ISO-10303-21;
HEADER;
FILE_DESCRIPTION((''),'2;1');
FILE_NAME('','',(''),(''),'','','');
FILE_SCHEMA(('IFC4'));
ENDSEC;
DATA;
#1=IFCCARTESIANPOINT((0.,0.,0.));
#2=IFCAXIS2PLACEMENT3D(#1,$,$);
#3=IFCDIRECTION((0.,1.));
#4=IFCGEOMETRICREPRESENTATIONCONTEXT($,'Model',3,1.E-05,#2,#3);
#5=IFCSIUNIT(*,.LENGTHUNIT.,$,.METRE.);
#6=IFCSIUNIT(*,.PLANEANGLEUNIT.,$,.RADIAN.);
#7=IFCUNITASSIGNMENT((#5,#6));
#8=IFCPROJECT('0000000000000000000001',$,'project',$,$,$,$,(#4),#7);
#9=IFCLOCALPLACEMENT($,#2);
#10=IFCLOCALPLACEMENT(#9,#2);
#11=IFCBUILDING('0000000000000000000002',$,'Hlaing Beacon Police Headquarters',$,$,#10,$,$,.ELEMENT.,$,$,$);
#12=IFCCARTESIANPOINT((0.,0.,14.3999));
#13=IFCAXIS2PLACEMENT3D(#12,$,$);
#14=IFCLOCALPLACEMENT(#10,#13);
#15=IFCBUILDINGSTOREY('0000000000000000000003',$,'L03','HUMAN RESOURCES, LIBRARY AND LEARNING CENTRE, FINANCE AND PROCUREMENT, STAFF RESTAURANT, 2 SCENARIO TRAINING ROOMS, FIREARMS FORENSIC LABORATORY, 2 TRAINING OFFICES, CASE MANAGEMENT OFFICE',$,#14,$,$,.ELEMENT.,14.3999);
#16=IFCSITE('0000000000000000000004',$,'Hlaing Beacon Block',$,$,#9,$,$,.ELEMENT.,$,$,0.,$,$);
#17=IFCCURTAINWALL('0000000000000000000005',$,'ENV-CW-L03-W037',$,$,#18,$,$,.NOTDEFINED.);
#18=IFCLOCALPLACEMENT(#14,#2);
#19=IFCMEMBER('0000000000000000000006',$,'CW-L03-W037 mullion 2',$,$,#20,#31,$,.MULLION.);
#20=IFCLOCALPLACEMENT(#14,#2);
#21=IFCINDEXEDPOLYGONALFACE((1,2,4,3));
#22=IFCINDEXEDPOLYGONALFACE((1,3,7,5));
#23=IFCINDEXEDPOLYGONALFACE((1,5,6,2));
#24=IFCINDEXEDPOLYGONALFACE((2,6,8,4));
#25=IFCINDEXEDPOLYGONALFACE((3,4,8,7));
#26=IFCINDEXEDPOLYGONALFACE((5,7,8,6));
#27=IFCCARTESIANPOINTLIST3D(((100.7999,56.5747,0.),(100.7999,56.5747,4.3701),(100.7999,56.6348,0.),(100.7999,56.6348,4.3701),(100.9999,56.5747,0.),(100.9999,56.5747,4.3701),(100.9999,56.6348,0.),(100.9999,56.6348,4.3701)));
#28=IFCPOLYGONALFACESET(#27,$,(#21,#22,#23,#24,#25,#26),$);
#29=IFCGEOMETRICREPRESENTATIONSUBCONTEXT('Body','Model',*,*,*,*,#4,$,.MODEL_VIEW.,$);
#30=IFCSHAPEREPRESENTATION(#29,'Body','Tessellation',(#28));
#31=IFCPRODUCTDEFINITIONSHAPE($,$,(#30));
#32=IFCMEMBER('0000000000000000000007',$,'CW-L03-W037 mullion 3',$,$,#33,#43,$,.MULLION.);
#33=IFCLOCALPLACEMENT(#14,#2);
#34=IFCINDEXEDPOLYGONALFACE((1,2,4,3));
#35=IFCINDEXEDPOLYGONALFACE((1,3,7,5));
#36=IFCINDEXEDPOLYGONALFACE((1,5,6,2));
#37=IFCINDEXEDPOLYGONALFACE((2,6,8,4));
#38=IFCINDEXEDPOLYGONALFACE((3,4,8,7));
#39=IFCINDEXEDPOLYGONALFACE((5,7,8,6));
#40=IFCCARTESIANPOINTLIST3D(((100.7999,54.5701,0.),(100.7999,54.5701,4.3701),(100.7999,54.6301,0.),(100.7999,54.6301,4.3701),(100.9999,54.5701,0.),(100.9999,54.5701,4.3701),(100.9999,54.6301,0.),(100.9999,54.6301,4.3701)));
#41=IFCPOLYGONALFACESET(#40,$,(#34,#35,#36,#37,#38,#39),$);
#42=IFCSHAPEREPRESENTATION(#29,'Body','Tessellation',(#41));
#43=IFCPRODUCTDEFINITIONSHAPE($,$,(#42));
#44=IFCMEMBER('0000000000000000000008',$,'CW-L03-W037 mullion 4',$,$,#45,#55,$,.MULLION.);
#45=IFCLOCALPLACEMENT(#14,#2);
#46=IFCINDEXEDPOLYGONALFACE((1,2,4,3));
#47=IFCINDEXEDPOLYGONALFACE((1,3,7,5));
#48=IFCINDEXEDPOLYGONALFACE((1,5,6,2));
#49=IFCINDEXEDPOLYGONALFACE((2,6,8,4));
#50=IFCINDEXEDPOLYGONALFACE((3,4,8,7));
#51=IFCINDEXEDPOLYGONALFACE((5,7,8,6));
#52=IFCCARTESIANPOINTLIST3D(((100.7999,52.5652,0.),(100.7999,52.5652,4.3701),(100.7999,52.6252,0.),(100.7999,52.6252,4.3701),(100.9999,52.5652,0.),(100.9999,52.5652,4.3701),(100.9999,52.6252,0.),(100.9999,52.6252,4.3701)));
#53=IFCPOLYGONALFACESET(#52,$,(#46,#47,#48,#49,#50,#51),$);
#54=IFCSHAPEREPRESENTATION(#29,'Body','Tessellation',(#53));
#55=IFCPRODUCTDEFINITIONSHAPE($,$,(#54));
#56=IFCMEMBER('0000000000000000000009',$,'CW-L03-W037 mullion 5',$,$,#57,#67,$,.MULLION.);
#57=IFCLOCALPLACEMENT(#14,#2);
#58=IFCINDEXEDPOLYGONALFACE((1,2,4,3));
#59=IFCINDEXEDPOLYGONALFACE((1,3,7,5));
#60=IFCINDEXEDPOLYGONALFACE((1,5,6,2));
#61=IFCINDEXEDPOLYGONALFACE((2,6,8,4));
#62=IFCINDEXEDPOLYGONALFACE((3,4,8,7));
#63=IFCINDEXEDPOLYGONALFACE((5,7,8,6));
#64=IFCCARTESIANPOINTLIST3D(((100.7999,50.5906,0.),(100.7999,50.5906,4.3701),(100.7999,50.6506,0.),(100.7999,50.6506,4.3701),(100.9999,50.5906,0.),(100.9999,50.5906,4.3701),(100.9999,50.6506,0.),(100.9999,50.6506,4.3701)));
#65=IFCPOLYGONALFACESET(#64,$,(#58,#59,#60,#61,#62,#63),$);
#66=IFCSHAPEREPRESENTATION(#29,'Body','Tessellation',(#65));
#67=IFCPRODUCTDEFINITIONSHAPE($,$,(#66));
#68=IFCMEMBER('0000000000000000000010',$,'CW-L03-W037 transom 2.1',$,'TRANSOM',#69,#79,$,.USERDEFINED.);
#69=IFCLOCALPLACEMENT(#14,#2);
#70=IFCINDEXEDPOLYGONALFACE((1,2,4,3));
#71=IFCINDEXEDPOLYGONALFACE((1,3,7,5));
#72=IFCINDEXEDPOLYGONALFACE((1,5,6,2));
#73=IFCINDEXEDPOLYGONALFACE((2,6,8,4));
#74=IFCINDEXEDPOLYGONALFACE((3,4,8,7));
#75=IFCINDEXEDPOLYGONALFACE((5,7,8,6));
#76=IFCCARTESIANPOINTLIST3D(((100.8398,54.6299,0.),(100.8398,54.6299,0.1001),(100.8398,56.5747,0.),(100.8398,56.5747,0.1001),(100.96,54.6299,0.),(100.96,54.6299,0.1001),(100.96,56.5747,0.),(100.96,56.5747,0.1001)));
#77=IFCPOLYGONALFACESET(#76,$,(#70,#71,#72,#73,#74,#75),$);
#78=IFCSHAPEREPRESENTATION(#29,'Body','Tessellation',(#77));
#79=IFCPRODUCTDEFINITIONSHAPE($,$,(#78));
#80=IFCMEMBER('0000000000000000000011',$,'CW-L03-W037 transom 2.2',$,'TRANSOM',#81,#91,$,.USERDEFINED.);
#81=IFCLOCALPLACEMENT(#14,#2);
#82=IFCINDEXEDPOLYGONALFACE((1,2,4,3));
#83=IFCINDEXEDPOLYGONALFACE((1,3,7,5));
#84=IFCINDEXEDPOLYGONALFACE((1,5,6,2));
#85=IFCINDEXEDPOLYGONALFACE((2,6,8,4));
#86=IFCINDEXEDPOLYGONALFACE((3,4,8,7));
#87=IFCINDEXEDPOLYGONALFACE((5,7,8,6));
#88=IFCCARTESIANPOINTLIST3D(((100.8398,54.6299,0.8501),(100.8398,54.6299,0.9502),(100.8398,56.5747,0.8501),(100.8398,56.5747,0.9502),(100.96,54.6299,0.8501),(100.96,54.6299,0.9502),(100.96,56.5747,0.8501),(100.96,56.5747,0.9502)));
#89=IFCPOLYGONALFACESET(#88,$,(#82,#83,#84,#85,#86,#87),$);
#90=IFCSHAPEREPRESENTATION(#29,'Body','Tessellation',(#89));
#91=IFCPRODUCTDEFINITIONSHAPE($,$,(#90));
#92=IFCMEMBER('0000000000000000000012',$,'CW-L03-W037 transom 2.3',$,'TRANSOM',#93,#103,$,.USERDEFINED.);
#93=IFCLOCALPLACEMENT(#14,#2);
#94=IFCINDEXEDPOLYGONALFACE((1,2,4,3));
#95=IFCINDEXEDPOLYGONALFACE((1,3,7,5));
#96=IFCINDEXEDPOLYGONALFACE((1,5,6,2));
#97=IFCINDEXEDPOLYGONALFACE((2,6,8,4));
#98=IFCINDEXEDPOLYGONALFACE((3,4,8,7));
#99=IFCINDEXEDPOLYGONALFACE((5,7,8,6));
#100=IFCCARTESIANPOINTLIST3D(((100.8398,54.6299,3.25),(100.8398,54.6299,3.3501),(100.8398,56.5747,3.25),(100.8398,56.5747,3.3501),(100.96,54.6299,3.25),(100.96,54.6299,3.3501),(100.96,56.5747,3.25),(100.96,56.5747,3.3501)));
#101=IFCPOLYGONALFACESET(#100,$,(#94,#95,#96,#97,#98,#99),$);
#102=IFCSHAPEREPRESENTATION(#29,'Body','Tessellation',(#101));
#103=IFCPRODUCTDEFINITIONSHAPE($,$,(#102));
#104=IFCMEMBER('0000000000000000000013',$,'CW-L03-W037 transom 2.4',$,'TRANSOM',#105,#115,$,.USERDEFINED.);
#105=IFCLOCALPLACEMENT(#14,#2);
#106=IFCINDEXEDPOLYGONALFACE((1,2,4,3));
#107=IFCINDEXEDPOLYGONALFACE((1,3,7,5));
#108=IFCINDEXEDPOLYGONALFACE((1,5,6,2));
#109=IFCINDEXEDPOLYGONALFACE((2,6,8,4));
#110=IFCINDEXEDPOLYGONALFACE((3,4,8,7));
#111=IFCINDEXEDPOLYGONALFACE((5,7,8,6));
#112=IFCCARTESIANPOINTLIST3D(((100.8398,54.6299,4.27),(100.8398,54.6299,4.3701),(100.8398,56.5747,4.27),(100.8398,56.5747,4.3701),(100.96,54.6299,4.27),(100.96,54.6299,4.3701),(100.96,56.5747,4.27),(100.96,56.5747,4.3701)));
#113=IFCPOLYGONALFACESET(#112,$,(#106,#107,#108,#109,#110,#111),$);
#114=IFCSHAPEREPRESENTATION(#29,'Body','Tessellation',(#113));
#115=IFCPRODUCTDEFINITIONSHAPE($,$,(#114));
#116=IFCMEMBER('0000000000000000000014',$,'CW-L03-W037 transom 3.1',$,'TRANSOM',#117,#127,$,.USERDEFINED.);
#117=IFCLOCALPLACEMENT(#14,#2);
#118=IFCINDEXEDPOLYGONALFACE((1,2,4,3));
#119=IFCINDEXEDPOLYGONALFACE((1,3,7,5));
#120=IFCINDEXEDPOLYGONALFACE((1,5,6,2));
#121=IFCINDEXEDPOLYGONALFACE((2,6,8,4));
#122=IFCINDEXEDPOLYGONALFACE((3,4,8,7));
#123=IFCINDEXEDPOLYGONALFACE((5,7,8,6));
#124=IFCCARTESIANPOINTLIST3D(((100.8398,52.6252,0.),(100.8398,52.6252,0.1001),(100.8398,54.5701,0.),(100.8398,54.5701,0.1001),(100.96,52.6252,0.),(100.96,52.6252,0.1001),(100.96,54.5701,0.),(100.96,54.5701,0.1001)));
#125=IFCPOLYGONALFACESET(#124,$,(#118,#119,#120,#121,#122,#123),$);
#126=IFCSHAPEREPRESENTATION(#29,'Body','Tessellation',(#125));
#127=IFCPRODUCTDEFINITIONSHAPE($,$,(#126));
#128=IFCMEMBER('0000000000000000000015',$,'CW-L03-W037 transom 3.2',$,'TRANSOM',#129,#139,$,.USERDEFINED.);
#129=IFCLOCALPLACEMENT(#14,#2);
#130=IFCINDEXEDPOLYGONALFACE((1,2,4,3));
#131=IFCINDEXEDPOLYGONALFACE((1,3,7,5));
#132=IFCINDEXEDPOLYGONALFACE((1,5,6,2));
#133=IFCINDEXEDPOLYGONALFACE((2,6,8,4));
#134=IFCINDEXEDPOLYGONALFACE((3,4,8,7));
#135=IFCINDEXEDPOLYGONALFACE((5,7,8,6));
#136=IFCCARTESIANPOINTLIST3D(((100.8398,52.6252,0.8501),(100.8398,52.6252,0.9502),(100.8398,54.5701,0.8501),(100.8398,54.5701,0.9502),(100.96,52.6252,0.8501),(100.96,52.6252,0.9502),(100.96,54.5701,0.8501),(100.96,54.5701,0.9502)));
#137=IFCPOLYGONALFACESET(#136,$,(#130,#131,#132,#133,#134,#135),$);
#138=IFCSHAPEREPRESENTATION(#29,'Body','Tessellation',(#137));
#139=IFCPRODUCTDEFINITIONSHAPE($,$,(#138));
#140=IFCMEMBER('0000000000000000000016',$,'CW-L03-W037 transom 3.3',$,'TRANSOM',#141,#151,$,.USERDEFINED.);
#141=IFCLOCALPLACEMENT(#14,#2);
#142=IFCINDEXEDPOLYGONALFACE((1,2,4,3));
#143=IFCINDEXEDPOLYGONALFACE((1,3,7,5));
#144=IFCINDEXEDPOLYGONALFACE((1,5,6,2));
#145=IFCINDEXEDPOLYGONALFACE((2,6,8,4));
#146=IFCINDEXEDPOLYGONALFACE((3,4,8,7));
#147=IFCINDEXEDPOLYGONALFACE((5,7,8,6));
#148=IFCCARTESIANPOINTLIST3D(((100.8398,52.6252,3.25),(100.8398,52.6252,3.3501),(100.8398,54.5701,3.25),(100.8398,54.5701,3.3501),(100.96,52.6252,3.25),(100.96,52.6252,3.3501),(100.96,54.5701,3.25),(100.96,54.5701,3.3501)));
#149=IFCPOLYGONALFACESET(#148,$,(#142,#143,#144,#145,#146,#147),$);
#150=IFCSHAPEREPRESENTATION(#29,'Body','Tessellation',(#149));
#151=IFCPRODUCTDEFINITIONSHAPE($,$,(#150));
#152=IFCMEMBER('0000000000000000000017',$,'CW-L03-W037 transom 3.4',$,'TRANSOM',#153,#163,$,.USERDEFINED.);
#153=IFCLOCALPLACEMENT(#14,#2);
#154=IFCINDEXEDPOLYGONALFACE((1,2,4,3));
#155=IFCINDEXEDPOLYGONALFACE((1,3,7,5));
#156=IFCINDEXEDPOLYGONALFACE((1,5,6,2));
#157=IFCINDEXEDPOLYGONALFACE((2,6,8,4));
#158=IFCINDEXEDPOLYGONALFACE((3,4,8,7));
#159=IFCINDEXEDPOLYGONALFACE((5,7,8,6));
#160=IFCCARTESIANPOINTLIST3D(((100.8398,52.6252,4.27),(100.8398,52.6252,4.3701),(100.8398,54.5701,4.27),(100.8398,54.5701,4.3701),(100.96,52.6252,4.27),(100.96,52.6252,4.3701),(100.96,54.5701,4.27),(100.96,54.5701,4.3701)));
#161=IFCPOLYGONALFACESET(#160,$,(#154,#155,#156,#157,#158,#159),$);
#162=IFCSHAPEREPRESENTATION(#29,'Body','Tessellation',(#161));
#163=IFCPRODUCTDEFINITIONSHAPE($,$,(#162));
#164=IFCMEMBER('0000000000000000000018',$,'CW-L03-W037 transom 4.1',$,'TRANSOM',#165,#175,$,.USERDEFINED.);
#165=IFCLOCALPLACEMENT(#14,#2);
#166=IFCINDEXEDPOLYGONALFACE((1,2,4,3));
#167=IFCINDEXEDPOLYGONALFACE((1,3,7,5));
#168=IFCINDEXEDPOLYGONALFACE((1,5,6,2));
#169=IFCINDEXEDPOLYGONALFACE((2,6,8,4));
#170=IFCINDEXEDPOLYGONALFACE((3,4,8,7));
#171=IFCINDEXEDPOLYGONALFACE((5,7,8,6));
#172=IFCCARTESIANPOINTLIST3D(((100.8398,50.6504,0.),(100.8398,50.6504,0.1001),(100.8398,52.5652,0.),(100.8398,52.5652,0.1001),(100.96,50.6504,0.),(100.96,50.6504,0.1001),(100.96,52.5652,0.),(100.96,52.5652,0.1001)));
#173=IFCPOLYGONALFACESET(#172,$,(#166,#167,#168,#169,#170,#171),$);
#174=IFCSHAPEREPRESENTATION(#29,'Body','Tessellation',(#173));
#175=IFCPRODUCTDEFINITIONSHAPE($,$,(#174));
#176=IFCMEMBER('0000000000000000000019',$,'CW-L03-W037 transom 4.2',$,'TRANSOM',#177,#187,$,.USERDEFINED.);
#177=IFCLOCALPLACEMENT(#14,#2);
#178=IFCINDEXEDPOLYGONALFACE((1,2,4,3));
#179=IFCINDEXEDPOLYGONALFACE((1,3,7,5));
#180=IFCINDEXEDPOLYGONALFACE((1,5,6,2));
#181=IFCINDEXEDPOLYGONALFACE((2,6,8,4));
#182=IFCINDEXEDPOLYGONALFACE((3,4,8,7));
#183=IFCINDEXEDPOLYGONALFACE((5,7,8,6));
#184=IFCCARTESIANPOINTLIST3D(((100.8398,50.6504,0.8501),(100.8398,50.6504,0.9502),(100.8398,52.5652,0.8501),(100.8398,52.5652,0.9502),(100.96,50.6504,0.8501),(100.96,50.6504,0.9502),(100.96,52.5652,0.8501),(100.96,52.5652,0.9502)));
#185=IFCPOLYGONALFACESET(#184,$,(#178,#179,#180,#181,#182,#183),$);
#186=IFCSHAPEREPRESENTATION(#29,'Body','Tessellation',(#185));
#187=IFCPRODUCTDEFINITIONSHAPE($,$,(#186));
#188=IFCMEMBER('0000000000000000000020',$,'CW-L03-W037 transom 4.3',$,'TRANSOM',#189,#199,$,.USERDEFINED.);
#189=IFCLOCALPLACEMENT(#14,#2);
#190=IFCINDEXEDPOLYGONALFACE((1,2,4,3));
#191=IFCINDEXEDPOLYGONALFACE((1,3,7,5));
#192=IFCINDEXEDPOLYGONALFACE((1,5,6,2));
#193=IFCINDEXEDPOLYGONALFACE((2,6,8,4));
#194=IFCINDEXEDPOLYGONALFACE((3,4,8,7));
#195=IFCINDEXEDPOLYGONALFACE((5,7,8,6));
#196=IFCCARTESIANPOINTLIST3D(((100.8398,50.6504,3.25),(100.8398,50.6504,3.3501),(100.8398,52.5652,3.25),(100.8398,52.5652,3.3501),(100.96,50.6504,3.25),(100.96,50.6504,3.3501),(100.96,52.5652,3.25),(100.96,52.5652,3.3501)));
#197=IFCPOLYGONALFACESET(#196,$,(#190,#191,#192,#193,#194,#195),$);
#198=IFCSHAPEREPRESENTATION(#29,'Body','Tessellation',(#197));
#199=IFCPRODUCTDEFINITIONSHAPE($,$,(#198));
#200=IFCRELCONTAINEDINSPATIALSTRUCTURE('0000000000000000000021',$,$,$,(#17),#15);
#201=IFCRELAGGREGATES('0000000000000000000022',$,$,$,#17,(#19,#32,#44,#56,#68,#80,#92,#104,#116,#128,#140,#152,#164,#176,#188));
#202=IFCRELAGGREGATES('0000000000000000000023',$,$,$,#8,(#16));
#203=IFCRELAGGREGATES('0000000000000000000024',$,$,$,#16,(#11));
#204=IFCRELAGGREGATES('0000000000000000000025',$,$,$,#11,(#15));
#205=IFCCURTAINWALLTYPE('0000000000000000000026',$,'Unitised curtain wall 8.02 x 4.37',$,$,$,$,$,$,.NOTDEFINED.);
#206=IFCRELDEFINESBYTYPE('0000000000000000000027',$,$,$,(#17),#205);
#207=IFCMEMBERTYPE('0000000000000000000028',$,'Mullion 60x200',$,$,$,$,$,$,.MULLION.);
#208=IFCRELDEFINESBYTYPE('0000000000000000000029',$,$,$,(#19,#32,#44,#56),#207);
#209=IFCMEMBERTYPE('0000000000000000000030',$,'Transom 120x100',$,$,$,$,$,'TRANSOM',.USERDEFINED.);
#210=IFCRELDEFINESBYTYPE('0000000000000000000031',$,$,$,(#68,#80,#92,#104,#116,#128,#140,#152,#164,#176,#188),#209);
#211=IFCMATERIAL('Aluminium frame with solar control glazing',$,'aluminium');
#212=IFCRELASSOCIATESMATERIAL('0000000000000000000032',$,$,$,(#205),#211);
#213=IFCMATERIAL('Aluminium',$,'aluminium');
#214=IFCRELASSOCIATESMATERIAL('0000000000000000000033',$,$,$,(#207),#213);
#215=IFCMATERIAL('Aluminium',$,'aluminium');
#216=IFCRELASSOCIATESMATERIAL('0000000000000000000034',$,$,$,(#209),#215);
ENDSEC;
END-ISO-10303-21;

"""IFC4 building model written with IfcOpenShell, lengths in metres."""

from ifc_helpers import new_model, si_unit, direction, frame, origin, origin_2d, place, context, subcontext, project, spatial, rectangle, extrude, material, material_profile, profile_set, type_object, element, aggregate, save


model = new_model("IFC4")

# Units and contexts
model_context = context("Model", 3, precision=1e-05, world=origin(), true_north=direction((0.0, 1.0)))
body_context = subcontext(model_context, "Body", "Model", "MODEL_VIEW")
ifc_project = project(units=[si_unit("LENGTHUNIT", "METRE"), si_unit("PLANEANGLEUNIT", "RADIAN")], contexts=[model_context])

# Site, building, storey
site_placement = place(None, origin())
site = spatial("IfcSite", under=ifc_project, at=site_placement, Name="Hlaing Beacon Block", CompositionType="ELEMENT", RefElevation=0.0)
building_placement = place(site_placement, origin())
building = spatial("IfcBuilding", under=site, at=building_placement, Name="Hlaing Beacon Police Headquarters", CompositionType="ELEMENT")
storey_placement = place(building_placement, frame((0.0, 0.0, 14.3999)))
storey = spatial("IfcBuildingStorey", under=building, at=storey_placement, Name="L03", Description="HUMAN RESOURCES, LIBRARY AND LEARNING CENTRE, FINANCE AND PROCUREMENT, STAFF RESTAURANT, 2 SCENARIO TRAINING ROOMS, FIREARMS FORENSIC LABORATORY, 2 TRAINING OFFICES, CASE MANAGEMENT OFFICE", CompositionType="ELEMENT", Elevation=14.3999)

# Curtain wall, members
ifc_material_1 = material(Name="Aluminium frame with solar control glazing", Category="aluminium")
curtain_wall_type = type_object("IfcCurtainWallType", Name="Unitised curtain wall 8.02 x 4.37", PredefinedType="NOTDEFINED", material=ifc_material_1)
curtain_wall_placement = place(storey_placement, origin())
curtain_wall = element("IfcCurtainWall", 1, at=curtain_wall_placement, inside=storey, type_object=curtain_wall_type, Name="ENV-CW-L03-W037", PredefinedType="NOTDEFINED")
ifc_material_2 = material(Name="Aluminium", Category="aluminium")
ifc_material_profile_1 = material_profile(ifc_material_2, rectangle(XDim=0.2, YDim=0.0601, at=origin_2d()), Name="Mullion 60x200")
ifc_profile_set_1 = profile_set([ifc_material_profile_1], Name="Aluminium")
member_type_1 = type_object("IfcMemberType", Name="Mullion 60x200", PredefinedType="MULLION", material=ifc_profile_set_1)
member_1_placement = place(storey_placement, frame((100.8999, 56.6047, 0.0), z_axis=(0.0, 0.0, 1.0), x_axis=(1.0, 0.0, 0.0)))
member_1 = element("IfcMember", 2, at=member_1_placement, type_object=member_type_1, Name="CW-L03-W037 mullion 2", PredefinedType="MULLION", context=body_context, shape_type="SweptSolid", body=[
    extrude(rectangle(XDim=0.2, YDim=0.0601, at=origin_2d()), origin(), (0.0, 0.0, 1.0), 4.3701),
])
member_2_placement = place(storey_placement, frame((100.8999, 54.6001, 0.0), z_axis=(0.0, 0.0, 1.0), x_axis=(1.0, 0.0, 0.0)))
member_2 = element("IfcMember", 3, at=member_2_placement, type_object=member_type_1, Name="CW-L03-W037 mullion 3", PredefinedType="MULLION", context=body_context, shape_type="SweptSolid", body=[
    extrude(rectangle(XDim=0.2, YDim=0.0601, at=origin_2d()), origin(), (0.0, 0.0, 1.0), 4.3701),
])
member_3_placement = place(storey_placement, frame((100.8999, 52.5952, 0.0), z_axis=(0.0, 0.0, 1.0), x_axis=(1.0, 0.0, 0.0)))
member_3 = element("IfcMember", 4, at=member_3_placement, type_object=member_type_1, Name="CW-L03-W037 mullion 4", PredefinedType="MULLION", context=body_context, shape_type="SweptSolid", body=[
    extrude(rectangle(XDim=0.2, YDim=0.0601, at=origin_2d()), origin(), (0.0, 0.0, 1.0), 4.3701),
])
member_4_placement = place(storey_placement, frame((100.8999, 50.6206, 0.0), z_axis=(0.0, 0.0, 1.0), x_axis=(1.0, 0.0, 0.0)))
member_4 = element("IfcMember", 5, at=member_4_placement, type_object=member_type_1, Name="CW-L03-W037 mullion 5", PredefinedType="MULLION", context=body_context, shape_type="SweptSolid", body=[
    extrude(rectangle(XDim=0.2, YDim=0.0601, at=origin_2d()), origin(), (0.0, 0.0, 1.0), 4.3701),
])
ifc_material_3 = material(Name="Aluminium", Category="aluminium")
ifc_material_profile_2 = material_profile(ifc_material_3, rectangle(XDim=0.1201, YDim=0.1001, at=origin_2d()), Name="Transom 120x100")
ifc_profile_set_2 = profile_set([ifc_material_profile_2], Name="Aluminium")
member_type_2 = type_object("IfcMemberType", Name="Transom 120x100", ElementType="TRANSOM", PredefinedType="USERDEFINED", material=ifc_profile_set_2)
member_5_placement = place(storey_placement, frame((100.8999, 56.5747, 0.05), z_axis=(0.0, -1.0, 0.0), x_axis=(1.0, 0.0, 0.0)))
member_5 = element("IfcMember", 6, at=member_5_placement, type_object=member_type_2, Name="CW-L03-W037 transom 2.1", ObjectType="TRANSOM", PredefinedType="USERDEFINED", context=body_context, shape_type="SweptSolid", body=[
    extrude(rectangle(XDim=0.1201, YDim=0.1001, at=origin_2d()), origin(), (0.0, 0.0, 1.0), 1.9448),
])
member_6_placement = place(storey_placement, frame((100.8999, 56.5747, 0.9001), z_axis=(0.0, -1.0, 0.0), x_axis=(1.0, 0.0, 0.0)))
member_6 = element("IfcMember", 7, at=member_6_placement, type_object=member_type_2, Name="CW-L03-W037 transom 2.2", ObjectType="TRANSOM", PredefinedType="USERDEFINED", context=body_context, shape_type="SweptSolid", body=[
    extrude(rectangle(XDim=0.1201, YDim=0.1001, at=origin_2d()), origin(), (0.0, 0.0, 1.0), 1.9448),
])
member_7_placement = place(storey_placement, frame((100.8999, 56.5747, 3.3), z_axis=(0.0, -1.0, 0.0), x_axis=(1.0, 0.0, 0.0)))
member_7 = element("IfcMember", 8, at=member_7_placement, type_object=member_type_2, Name="CW-L03-W037 transom 2.3", ObjectType="TRANSOM", PredefinedType="USERDEFINED", context=body_context, shape_type="SweptSolid", body=[
    extrude(rectangle(XDim=0.1201, YDim=0.1001, at=origin_2d()), origin(), (0.0, 0.0, 1.0), 1.9448),
])
member_8_placement = place(storey_placement, frame((100.8999, 56.5747, 4.3201), z_axis=(0.0, -1.0, 0.0), x_axis=(1.0, 0.0, 0.0)))
member_8 = element("IfcMember", 9, at=member_8_placement, type_object=member_type_2, Name="CW-L03-W037 transom 2.4", ObjectType="TRANSOM", PredefinedType="USERDEFINED", context=body_context, shape_type="SweptSolid", body=[
    extrude(rectangle(XDim=0.1201, YDim=0.1001, at=origin_2d()), origin(), (0.0, 0.0, 1.0), 1.9448),
])
member_9_placement = place(storey_placement, frame((100.8999, 54.5701, 0.05), z_axis=(0.0, -1.0, 0.0), x_axis=(1.0, 0.0, 0.0)))
member_9 = element("IfcMember", 10, at=member_9_placement, type_object=member_type_2, Name="CW-L03-W037 transom 3.1", ObjectType="TRANSOM", PredefinedType="USERDEFINED", context=body_context, shape_type="SweptSolid", body=[
    extrude(rectangle(XDim=0.1201, YDim=0.1001, at=origin_2d()), origin(), (0.0, 0.0, 1.0), 1.9448),
])
member_10_placement = place(storey_placement, frame((100.8999, 54.5701, 0.9001), z_axis=(0.0, -1.0, 0.0), x_axis=(1.0, 0.0, 0.0)))
member_10 = element("IfcMember", 11, at=member_10_placement, type_object=member_type_2, Name="CW-L03-W037 transom 3.2", ObjectType="TRANSOM", PredefinedType="USERDEFINED", context=body_context, shape_type="SweptSolid", body=[
    extrude(rectangle(XDim=0.1201, YDim=0.1001, at=origin_2d()), origin(), (0.0, 0.0, 1.0), 1.9448),
])
member_11_placement = place(storey_placement, frame((100.8999, 54.5701, 3.3), z_axis=(0.0, -1.0, 0.0), x_axis=(1.0, 0.0, 0.0)))
member_11 = element("IfcMember", 12, at=member_11_placement, type_object=member_type_2, Name="CW-L03-W037 transom 3.3", ObjectType="TRANSOM", PredefinedType="USERDEFINED", context=body_context, shape_type="SweptSolid", body=[
    extrude(rectangle(XDim=0.1201, YDim=0.1001, at=origin_2d()), origin(), (0.0, 0.0, 1.0), 1.9448),
])
member_12_placement = place(storey_placement, frame((100.8999, 54.5701, 4.3201), z_axis=(0.0, -1.0, 0.0), x_axis=(1.0, 0.0, 0.0)))
member_12 = element("IfcMember", 13, at=member_12_placement, type_object=member_type_2, Name="CW-L03-W037 transom 3.4", ObjectType="TRANSOM", PredefinedType="USERDEFINED", context=body_context, shape_type="SweptSolid", body=[
    extrude(rectangle(XDim=0.1201, YDim=0.1001, at=origin_2d()), origin(), (0.0, 0.0, 1.0), 1.9448),
])
member_13_placement = place(storey_placement, frame((100.8999, 52.5652, 0.05), z_axis=(0.0, -1.0, 0.0), x_axis=(1.0, 0.0, 0.0)))
member_13 = element("IfcMember", 14, at=member_13_placement, type_object=member_type_2, Name="CW-L03-W037 transom 4.1", ObjectType="TRANSOM", PredefinedType="USERDEFINED", context=body_context, shape_type="SweptSolid", body=[
    extrude(rectangle(XDim=0.1201, YDim=0.1001, at=origin_2d()), origin(), (0.0, 0.0, 1.0), 1.9148),
])
member_14_placement = place(storey_placement, frame((100.8999, 52.5652, 0.9001), z_axis=(0.0, -1.0, 0.0), x_axis=(1.0, 0.0, 0.0)))
member_14 = element("IfcMember", 15, at=member_14_placement, type_object=member_type_2, Name="CW-L03-W037 transom 4.2", ObjectType="TRANSOM", PredefinedType="USERDEFINED", context=body_context, shape_type="SweptSolid", body=[
    extrude(rectangle(XDim=0.1201, YDim=0.1001, at=origin_2d()), origin(), (0.0, 0.0, 1.0), 1.9148),
])
member_15_placement = place(storey_placement, frame((100.8999, 52.5652, 3.3), z_axis=(0.0, -1.0, 0.0), x_axis=(1.0, 0.0, 0.0)))
member_15 = element("IfcMember", 16, at=member_15_placement, type_object=member_type_2, Name="CW-L03-W037 transom 4.3", ObjectType="TRANSOM", PredefinedType="USERDEFINED", context=body_context, shape_type="SweptSolid", body=[
    extrude(rectangle(XDim=0.1201, YDim=0.1001, at=origin_2d()), origin(), (0.0, 0.0, 1.0), 1.9148),
])
aggregate(curtain_wall, [member_1, member_2, member_3, member_4, member_5, member_6, member_7, member_8, member_9, member_10, member_11, member_12, member_13, member_14, member_15])

save(model, "model.ifc")
